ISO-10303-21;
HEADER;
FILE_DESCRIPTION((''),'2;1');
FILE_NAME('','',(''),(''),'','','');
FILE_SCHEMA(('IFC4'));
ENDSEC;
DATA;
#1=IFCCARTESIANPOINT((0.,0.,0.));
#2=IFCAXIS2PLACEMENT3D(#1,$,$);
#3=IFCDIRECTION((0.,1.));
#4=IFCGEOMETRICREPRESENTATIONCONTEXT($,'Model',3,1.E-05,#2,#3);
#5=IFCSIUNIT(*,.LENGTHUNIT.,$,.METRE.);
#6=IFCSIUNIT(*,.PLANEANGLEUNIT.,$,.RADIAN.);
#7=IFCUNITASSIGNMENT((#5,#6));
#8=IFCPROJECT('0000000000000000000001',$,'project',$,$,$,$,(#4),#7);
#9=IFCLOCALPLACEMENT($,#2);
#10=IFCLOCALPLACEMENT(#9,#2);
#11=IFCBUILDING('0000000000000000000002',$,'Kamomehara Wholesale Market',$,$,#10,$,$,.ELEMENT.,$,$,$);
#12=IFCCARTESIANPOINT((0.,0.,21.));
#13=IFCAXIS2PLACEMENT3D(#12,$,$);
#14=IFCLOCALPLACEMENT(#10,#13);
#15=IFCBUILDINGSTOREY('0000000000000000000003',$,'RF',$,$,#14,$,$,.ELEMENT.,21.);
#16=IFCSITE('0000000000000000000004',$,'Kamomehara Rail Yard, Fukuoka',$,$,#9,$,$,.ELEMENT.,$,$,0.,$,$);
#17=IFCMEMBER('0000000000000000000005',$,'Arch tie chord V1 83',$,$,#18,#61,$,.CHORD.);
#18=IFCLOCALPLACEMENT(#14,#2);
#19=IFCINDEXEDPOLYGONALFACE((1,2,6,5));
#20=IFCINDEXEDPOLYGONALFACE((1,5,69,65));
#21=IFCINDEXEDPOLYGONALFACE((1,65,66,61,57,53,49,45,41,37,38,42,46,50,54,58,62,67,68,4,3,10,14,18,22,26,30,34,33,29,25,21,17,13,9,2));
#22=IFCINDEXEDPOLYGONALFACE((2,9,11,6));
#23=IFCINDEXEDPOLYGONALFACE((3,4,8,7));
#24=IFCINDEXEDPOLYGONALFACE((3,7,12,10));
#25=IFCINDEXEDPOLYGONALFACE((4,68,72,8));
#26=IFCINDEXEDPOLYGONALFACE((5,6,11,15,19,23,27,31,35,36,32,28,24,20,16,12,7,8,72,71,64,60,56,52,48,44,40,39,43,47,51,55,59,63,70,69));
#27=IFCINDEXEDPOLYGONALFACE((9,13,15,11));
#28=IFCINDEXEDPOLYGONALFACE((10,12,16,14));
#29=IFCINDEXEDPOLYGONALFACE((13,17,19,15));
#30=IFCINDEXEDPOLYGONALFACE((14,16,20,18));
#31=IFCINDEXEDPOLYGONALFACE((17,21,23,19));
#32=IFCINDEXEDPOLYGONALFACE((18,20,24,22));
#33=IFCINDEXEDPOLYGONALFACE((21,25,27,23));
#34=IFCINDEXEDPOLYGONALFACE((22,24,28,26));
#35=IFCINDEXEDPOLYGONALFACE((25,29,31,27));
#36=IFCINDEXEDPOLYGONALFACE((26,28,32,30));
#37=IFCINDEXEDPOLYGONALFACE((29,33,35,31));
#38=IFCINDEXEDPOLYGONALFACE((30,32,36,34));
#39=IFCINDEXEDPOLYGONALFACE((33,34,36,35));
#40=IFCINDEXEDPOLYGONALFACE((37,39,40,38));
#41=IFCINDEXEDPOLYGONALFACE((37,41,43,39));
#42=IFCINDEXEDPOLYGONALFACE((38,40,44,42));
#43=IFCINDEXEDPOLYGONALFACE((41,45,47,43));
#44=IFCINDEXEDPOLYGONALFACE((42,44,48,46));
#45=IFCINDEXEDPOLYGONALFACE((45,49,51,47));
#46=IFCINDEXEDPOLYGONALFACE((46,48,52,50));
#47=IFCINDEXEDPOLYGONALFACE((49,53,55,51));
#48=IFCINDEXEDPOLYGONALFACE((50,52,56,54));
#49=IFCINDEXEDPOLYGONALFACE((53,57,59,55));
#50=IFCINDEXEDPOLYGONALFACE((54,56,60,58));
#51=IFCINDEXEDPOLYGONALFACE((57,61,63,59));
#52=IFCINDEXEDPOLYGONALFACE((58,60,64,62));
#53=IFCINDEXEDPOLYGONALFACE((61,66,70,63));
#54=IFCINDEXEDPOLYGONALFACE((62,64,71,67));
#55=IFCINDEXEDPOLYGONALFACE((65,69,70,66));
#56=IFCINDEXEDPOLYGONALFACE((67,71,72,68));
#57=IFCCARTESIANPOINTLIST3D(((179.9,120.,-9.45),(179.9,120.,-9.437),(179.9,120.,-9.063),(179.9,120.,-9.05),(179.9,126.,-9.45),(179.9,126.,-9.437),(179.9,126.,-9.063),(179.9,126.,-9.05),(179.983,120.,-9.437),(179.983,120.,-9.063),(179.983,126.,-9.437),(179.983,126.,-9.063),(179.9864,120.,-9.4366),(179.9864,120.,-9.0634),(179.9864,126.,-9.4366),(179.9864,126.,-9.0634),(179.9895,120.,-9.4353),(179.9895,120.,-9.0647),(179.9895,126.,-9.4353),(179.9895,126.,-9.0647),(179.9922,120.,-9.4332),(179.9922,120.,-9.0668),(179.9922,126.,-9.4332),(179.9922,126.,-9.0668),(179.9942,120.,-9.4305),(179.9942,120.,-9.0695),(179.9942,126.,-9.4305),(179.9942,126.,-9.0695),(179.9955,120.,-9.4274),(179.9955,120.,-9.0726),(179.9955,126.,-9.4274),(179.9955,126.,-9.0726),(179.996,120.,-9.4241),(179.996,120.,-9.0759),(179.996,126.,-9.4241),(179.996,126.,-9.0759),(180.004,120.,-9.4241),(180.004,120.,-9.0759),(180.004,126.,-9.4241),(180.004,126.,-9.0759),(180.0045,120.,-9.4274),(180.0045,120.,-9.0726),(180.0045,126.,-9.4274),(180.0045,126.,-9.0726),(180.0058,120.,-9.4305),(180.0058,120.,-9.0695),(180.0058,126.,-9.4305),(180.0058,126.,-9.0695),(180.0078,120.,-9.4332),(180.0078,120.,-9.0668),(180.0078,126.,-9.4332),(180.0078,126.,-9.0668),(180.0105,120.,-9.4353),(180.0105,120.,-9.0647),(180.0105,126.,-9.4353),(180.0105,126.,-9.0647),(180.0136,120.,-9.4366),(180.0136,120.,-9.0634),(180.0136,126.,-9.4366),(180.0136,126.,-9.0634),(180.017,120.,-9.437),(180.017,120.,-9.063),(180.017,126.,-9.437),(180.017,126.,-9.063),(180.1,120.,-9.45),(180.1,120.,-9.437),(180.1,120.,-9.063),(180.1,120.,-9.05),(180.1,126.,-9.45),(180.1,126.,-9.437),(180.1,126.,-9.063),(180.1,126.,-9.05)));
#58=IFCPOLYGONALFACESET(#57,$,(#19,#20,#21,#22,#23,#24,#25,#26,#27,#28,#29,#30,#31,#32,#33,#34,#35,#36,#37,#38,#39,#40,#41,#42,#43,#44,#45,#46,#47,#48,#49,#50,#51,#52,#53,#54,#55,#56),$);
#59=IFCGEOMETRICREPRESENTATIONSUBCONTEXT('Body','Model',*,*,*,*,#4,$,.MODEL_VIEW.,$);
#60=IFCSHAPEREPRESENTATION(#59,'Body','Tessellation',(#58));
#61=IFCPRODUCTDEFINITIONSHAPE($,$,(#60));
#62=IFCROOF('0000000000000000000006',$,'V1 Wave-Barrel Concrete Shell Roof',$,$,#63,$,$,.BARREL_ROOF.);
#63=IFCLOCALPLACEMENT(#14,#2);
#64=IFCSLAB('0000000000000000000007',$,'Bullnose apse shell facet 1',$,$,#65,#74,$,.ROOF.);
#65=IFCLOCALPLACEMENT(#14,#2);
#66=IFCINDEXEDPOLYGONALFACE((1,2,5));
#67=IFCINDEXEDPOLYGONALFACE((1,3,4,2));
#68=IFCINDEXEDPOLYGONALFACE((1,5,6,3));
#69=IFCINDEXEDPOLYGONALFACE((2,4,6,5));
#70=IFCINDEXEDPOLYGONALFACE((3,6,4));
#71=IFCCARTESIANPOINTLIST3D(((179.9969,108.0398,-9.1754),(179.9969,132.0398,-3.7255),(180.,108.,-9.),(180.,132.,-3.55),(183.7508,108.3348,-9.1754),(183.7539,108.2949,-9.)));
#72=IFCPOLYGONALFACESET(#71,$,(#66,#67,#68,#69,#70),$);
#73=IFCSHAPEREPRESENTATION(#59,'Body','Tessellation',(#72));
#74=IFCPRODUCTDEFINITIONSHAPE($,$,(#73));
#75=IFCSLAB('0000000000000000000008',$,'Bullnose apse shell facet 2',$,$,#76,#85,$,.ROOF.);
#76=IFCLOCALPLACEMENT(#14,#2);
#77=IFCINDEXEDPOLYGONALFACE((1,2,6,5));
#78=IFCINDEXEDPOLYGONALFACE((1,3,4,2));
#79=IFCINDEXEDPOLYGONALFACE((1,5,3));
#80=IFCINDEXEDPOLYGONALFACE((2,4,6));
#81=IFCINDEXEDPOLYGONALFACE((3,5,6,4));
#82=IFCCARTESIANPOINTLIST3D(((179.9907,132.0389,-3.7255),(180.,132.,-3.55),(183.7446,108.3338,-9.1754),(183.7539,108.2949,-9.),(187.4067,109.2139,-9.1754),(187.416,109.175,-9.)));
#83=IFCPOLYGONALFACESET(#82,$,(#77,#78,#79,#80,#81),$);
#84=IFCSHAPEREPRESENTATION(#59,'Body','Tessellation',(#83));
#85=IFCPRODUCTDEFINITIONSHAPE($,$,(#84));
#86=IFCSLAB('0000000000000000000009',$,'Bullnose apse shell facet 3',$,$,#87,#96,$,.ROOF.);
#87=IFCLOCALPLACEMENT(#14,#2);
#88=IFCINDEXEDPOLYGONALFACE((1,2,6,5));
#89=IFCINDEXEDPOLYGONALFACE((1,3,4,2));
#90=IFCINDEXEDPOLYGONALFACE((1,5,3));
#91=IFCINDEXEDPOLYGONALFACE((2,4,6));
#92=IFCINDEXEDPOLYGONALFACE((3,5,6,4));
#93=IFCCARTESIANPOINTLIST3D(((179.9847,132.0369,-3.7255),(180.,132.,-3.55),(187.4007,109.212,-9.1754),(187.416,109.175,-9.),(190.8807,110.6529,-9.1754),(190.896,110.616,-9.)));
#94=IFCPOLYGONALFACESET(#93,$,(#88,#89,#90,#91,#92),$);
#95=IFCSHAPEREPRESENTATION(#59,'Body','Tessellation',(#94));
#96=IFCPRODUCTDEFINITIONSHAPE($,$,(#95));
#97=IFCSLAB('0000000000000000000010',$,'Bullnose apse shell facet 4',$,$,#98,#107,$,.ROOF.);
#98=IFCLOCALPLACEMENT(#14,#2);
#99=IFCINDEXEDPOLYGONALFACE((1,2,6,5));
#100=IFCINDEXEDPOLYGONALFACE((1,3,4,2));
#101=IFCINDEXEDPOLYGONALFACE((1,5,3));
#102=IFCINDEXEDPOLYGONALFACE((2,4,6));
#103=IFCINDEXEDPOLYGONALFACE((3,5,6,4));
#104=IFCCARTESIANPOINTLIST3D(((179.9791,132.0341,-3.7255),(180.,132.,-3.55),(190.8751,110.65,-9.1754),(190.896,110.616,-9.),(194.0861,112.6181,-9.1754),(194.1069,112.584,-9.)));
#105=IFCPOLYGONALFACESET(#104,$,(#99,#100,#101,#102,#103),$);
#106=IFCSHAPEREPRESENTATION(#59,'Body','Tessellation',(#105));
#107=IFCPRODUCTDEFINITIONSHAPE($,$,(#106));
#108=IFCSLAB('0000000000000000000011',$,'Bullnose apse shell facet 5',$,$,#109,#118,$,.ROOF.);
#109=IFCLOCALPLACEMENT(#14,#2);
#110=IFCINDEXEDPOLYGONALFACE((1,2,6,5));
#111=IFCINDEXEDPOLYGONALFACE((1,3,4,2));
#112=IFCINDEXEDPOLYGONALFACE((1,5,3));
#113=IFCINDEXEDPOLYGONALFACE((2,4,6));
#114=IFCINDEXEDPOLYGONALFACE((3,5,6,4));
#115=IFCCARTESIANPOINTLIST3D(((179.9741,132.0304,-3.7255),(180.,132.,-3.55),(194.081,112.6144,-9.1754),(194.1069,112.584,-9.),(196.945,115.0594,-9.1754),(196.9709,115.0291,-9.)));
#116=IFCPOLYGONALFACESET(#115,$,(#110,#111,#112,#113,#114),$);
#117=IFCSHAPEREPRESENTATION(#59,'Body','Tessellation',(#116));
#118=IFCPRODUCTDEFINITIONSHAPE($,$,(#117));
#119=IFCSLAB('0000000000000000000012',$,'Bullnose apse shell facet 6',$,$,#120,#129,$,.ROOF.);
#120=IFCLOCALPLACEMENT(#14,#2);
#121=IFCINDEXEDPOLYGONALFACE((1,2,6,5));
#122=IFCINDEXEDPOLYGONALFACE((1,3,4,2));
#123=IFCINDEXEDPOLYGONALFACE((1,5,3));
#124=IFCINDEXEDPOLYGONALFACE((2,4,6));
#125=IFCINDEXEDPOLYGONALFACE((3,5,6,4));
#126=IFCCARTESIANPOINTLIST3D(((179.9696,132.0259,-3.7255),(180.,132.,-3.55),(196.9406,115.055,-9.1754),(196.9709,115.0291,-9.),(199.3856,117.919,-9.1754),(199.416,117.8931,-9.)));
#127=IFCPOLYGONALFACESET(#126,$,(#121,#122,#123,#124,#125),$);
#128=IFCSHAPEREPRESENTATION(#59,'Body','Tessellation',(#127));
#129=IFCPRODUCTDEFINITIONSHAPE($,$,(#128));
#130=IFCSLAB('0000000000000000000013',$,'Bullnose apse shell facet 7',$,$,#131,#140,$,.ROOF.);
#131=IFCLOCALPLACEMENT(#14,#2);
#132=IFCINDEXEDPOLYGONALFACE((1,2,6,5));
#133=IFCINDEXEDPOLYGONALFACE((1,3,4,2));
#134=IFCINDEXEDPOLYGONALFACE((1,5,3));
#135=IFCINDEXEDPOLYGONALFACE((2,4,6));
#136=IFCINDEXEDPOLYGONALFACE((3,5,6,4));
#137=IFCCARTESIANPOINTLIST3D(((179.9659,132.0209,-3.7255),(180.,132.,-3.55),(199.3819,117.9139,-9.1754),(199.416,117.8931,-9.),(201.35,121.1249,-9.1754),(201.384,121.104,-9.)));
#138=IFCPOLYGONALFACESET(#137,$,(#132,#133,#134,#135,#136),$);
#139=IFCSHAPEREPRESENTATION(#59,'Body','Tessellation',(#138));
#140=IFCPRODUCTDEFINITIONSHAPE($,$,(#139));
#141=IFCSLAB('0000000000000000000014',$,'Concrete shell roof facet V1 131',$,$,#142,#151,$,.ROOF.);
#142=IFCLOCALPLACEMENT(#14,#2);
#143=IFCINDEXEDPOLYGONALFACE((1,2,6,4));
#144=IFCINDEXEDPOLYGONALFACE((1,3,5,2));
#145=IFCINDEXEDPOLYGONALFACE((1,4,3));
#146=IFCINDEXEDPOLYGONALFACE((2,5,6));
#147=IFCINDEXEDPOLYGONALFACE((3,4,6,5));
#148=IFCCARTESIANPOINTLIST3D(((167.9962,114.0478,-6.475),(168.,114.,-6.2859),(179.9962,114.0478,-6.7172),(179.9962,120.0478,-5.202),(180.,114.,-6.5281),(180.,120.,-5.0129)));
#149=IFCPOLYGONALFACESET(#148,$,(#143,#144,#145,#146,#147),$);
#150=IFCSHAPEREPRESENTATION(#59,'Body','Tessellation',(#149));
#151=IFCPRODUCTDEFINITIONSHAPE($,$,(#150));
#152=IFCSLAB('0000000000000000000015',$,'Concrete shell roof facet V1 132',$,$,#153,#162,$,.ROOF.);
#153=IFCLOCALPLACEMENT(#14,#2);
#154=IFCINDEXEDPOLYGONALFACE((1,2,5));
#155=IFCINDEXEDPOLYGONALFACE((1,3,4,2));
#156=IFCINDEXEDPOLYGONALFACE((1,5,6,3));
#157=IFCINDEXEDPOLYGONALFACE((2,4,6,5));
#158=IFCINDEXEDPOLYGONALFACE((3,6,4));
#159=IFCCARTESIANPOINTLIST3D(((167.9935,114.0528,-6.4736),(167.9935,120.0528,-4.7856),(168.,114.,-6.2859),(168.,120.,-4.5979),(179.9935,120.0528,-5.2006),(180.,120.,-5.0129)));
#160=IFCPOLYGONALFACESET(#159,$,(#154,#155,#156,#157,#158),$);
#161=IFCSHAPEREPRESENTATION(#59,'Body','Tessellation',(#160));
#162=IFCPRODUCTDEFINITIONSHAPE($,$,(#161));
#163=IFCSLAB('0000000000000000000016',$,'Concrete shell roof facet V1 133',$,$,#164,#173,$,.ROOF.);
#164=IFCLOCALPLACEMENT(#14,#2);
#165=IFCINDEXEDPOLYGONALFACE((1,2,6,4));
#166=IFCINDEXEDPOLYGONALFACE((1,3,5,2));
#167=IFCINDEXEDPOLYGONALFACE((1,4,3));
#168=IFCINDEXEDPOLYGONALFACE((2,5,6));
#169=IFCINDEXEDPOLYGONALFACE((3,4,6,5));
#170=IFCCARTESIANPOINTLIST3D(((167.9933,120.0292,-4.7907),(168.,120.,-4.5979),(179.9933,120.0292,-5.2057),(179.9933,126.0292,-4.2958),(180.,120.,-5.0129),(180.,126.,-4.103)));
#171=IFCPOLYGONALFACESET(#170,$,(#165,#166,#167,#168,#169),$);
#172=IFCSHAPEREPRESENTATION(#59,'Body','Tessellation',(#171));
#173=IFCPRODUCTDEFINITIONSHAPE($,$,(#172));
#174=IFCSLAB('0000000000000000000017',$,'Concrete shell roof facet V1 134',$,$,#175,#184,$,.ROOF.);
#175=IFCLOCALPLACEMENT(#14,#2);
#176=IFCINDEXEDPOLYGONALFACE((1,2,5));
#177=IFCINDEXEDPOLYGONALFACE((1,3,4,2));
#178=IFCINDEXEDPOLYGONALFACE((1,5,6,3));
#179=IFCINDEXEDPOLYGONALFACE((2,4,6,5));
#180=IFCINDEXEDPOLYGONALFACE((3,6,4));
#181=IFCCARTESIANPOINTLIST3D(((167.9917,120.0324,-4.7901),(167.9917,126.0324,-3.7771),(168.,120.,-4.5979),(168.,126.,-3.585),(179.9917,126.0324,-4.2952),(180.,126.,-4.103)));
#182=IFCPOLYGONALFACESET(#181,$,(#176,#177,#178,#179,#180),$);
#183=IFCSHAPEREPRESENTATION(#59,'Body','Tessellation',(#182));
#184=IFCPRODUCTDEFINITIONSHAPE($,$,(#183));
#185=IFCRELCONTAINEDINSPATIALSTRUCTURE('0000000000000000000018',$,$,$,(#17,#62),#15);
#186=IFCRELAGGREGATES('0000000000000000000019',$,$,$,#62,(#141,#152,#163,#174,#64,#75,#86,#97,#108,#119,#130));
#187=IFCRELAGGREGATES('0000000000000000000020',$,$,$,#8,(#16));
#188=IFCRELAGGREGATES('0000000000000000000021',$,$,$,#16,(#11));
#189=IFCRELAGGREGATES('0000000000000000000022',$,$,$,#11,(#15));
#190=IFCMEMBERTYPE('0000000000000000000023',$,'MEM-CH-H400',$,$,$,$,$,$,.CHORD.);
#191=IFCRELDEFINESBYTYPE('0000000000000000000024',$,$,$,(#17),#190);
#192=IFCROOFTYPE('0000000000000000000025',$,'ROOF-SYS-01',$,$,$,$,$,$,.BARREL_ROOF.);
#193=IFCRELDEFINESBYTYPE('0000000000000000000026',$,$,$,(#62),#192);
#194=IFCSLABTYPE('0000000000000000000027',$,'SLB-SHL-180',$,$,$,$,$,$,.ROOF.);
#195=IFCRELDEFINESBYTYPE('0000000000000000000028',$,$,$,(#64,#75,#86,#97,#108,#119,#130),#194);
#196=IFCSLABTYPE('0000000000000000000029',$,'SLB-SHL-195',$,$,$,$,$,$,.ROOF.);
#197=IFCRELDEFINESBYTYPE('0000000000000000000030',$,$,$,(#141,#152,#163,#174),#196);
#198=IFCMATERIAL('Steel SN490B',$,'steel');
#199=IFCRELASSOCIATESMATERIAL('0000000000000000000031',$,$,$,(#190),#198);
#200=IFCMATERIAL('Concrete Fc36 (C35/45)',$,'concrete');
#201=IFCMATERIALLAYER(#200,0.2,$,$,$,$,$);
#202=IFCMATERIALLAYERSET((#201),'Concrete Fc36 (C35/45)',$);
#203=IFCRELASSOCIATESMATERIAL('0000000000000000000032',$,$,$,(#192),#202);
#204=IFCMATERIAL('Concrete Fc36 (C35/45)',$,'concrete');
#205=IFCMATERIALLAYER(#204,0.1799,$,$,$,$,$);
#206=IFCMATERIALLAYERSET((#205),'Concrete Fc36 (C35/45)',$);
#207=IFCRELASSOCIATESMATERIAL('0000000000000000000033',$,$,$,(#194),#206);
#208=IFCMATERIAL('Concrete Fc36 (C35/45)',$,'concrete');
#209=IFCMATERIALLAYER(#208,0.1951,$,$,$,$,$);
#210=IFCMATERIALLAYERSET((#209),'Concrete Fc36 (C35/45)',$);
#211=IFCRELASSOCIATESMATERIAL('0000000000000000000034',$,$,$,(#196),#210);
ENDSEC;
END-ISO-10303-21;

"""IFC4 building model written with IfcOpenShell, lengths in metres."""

from ifc_helpers import new_model, si_unit, direction, frame, origin, origin_2d, place, context, subcontext, project, spatial, polyline, i_section, outline, extrude, material, layer, layer_set, material_profile, profile_set, type_object, element, aggregate, save


model = new_model("IFC4")

# Units and contexts
model_context = context("Model", 3, precision=1e-05, world=origin(), true_north=direction((0.0, 1.0)))
body_context = subcontext(model_context, "Body", "Model", "MODEL_VIEW")
ifc_project = project(units=[si_unit("LENGTHUNIT", "METRE"), si_unit("PLANEANGLEUNIT", "RADIAN")], contexts=[model_context])

# Site, building, storey
site_placement = place(None, origin())
site = spatial("IfcSite", under=ifc_project, at=site_placement, Name="Kamomehara Rail Yard, Fukuoka", CompositionType="ELEMENT", RefElevation=0.0)
building_placement = place(site_placement, origin())
building = spatial("IfcBuilding", under=site, at=building_placement, Name="Kamomehara Wholesale Market", CompositionType="ELEMENT")
storey_placement = place(building_placement, frame((0.0, 0.0, 21.0)))
storey = spatial("IfcBuildingStorey", under=building, at=storey_placement, Name="RF", CompositionType="ELEMENT", Elevation=21.0)

# Member
ifc_material_1 = material(Name="Steel SN490B", Category="steel")
ifc_material_profile_1 = material_profile(ifc_material_1, i_section(OverallWidth=0.2, OverallDepth=0.3999, WebThickness=0.0081, FlangeThickness=0.0129, FilletRadius=0.0129, at=origin_2d()), Name="H-400x200x8x13")
ifc_profile_set_1 = profile_set([ifc_material_profile_1], Name="Steel SN490B")
member_type_1 = type_object("IfcMemberType", Name="MEM-CH-H400", PredefinedType="CHORD", material=ifc_profile_set_1)
for number, where, z_axis, x_axis, name in (
    (1, (180.0, 120.0, -9.25), (0.0, 1.0, 0.0), (-1.0, 0.0, 0.0), "Arch tie chord V1 83"),
):
    element("IfcMember", number, at=place(storey_placement, frame(where, z_axis=z_axis, x_axis=x_axis)), inside=storey, type_object=member_type_1, Name=name, PredefinedType="CHORD", context=body_context, shape_type="SweptSolid", body=[
        extrude(i_section(OverallWidth=0.2, OverallDepth=0.3999, WebThickness=0.0081, FlangeThickness=0.0129, FilletRadius=0.0129, at=origin_2d()), origin(), (0.0, 0.0, 1.0), 6.0),
    ])

# Roof, slabs
ifc_material_2 = material(Name="Concrete Fc36 (C35/45)", Category="concrete")
ifc_layer_1 = layer(ifc_material_2, 0.2)
ifc_layer_set_1 = layer_set([ifc_layer_1], Name="Concrete Fc36 (C35/45)")
roof_type = type_object("IfcRoofType", Name="ROOF-SYS-01", PredefinedType="BARREL_ROOF", material=ifc_layer_set_1)
roof_placement = place(storey_placement, origin())
roof = element("IfcRoof", 2, at=roof_placement, inside=storey, type_object=roof_type, Name="V1 Wave-Barrel Concrete Shell Roof", PredefinedType="BARREL_ROOF")
ifc_material_3 = material(Name="Concrete Fc36 (C35/45)", Category="concrete")
ifc_layer_2 = layer(ifc_material_3, 0.1799)
ifc_layer_set_2 = layer_set([ifc_layer_2], Name="Concrete Fc36 (C35/45)")
slab_type_1 = type_object("IfcSlabType", Name="SLB-SHL-180", PredefinedType="ROOF", material=ifc_layer_set_2)
slab_1_placement = place(storey_placement, frame((180.0, 108.0, -9.0), z_axis=(0.017395, -0.22141, 0.975026), x_axis=(0.996928, 0.078323, 0.0)))
slab_1 = element("IfcSlab", 3, at=slab_1_placement, type_object=slab_type_1, Name="Bullnose apse shell facet 1", PredefinedType="ROOF", context=body_context, shape_type="SweptSolid", body=[
    extrude(outline(polyline([(0.0, 0.0), (3.7655, 0.0), (1.8797, 24.5391), (0.0, 0.0)])), origin(), (0.0, 0.0, -1.0), 0.1799),
])
slab_2_placement = place(storey_placement, frame((183.7539, 108.2949, -9.0), z_axis=(0.051899, -0.215946, 0.975025), x_axis=(0.972314, 0.233679, 0.0)))
slab_2 = element("IfcSlab", 4, at=slab_2_placement, type_object=slab_type_1, Name="Bullnose apse shell facet 2", PredefinedType="ROOF", context=body_context, shape_type="SweptSolid", body=[
    extrude(outline(polyline([(0.0, 0.0), (3.7664, 0.0), (1.8894, 24.5388), (0.0, 0.0)])), origin(), (0.0, 0.0, -1.0), 0.1799),
])
slab_3_placement = place(storey_placement, frame((187.416, 109.175, -9.0), z_axis=(0.084966, -0.205202, 0.975025), x_axis=(0.92393, 0.382562, 0.0)))
slab_3 = element("IfcSlab", 5, at=slab_3_placement, type_object=slab_type_1, Name="Bullnose apse shell facet 3", PredefinedType="ROOF", context=body_context, shape_type="SweptSolid", body=[
    extrude(outline(polyline([(0.0, 0.0), (3.7665, 0.0), (1.8801, 24.5386), (0.0, 0.0)])), origin(), (0.0, 0.0, -1.0), 0.1799),
])
slab_4_placement = place(storey_placement, frame((190.896, 110.616, -9.0), z_axis=(0.11606, -0.189359, 0.975025), x_axis=(0.852598, 0.522567, 0.0)))
slab_4 = element("IfcSlab", 6, at=slab_4_placement, type_object=slab_type_1, Name="Bullnose apse shell facet 4", PredefinedType="ROOF", context=body_context, shape_type="SweptSolid", body=[
    extrude(outline(polyline([(0.0, 0.0), (3.7661, 0.0), (1.8847, 24.5387), (0.0, 0.0)])), origin(), (0.0, 0.0, -1.0), 0.1799),
])
slab_5_placement = place(storey_placement, frame((194.1069, 112.584, -9.0), z_axis=(0.144203, -0.168911, 0.975025), x_axis=(0.760541, 0.64929, 0.0)))
slab_5 = element("IfcSlab", 7, at=slab_5_placement, type_object=slab_type_1, Name="Bullnose apse shell facet 5", PredefinedType="ROOF", context=body_context, shape_type="SweptSolid", body=[
    extrude(outline(polyline([(0.0, 0.0), (3.7658, 0.0), (1.8777, 24.539), (0.0, 0.0)])), origin(), (0.0, 0.0, -1.0), 0.1799),
])
slab_6_placement = place(storey_placement, frame((196.9709, 115.0291, -9.0), z_axis=(0.168911, -0.144203, 0.975025), x_axis=(0.64929, 0.760541, 0.0)))
slab_6 = element("IfcSlab", 8, at=slab_6_placement, type_object=slab_type_1, Name="Bullnose apse shell facet 6", PredefinedType="ROOF", context=body_context, shape_type="SweptSolid", body=[
    extrude(outline(polyline([(0.0, 0.0), (3.7658, 0.0), (1.888, 24.539), (0.0, 0.0)])), origin(), (0.0, 0.0, -1.0), 0.1799),
])
slab_7_placement = place(storey_placement, frame((199.416, 117.8931, -9.0), z_axis=(0.189359, -0.11606, 0.975025), x_axis=(0.522567, 0.852598, 0.0)))
slab_7 = element("IfcSlab", 9, at=slab_7_placement, type_object=slab_type_1, Name="Bullnose apse shell facet 7", PredefinedType="ROOF", context=body_context, shape_type="SweptSolid", body=[
    extrude(outline(polyline([(0.0, 0.0), (3.7661, 0.0), (1.8814, 24.5387), (0.0, 0.0)])), origin(), (0.0, 0.0, -1.0), 0.1799),
])
ifc_material_4 = material(Name="Concrete Fc36 (C35/45)", Category="concrete")
ifc_layer_3 = layer(ifc_material_4, 0.1951)
ifc_layer_set_3 = layer_set([ifc_layer_3], Name="Concrete Fc36 (C35/45)")
slab_type_2 = type_object("IfcSlabType", Name="SLB-SHL-195", PredefinedType="ROOF", material=ifc_layer_set_3)
slab_8_placement = place(storey_placement, frame((168.0, 114.0, -6.2859), z_axis=(0.019564, -0.24479, 0.969379), x_axis=(0.999796, 0.0, -0.020178)))
slab_8 = element("IfcSlab", 10, at=slab_8_placement, type_object=slab_type_2, Name="Concrete shell roof facet V1 131", PredefinedType="ROOF", context=body_context, shape_type="SweptSolid", body=[
    extrude(outline(polyline([(0.0, 0.0), (12.0024, 0.0), (11.9719, 6.1883), (0.0, 0.0)])), origin(), (0.0, 0.0, -1.0), 0.1951),
])
slab_9_placement = place(storey_placement, frame((168.0, 114.0, -6.2859), z_axis=(0.033276, -0.270668, 0.962097), x_axis=(0.890428, 0.445214, 0.094456)))
slab_9 = element("IfcSlab", 11, at=slab_9_placement, type_object=slab_type_2, Name="Concrete shell roof facet V1 132", PredefinedType="ROOF", context=body_context, shape_type="SweptSolid", body=[
    extrude(outline(polyline([(0.0, 0.0), (13.4767, 0.0), (2.8307, 5.553), (0.0, 0.0)])), origin(), (0.0, 0.0, -1.0), 0.1951),
])
slab_10_placement = place(storey_placement, frame((168.0, 120.0, -4.5979), z_axis=(0.034176, -0.14985, 0.988118), x_axis=(0.999402, 0.0, -0.034566)))
slab_10 = element("IfcSlab", 12, at=slab_10_placement, type_object=slab_type_2, Name="Concrete shell roof facet V1 133", PredefinedType="ROOF", context=body_context, shape_type="SweptSolid", body=[
    extrude(outline(polyline([(0.0, 0.0), (12.0072, 0.0), (11.9757, 6.0685), (0.0, 0.0)])), origin(), (0.0, 0.0, -1.0), 0.1951),
])
slab_11_placement = place(storey_placement, frame((168.0, 120.0, -4.5979), z_axis=(0.042531, -0.166317, 0.985155), x_axis=(0.893819, 0.44691, 0.036861)))
slab_11 = element("IfcSlab", 13, at=slab_11_placement, type_object=slab_type_2, Name="Concrete shell roof facet V1 134", PredefinedType="ROOF", context=body_context, shape_type="SweptSolid", body=[
    extrude(outline(polyline([(0.0, 0.0), (13.4255, 0.0), (2.7188, 5.4437), (0.0, 0.0)])), origin(), (0.0, 0.0, -1.0), 0.1951),
])
aggregate(roof, [slab_8, slab_9, slab_10, slab_11, slab_1, slab_2, slab_3, slab_4, slab_5, slab_6, slab_7])

save(model, "model.ifc")
